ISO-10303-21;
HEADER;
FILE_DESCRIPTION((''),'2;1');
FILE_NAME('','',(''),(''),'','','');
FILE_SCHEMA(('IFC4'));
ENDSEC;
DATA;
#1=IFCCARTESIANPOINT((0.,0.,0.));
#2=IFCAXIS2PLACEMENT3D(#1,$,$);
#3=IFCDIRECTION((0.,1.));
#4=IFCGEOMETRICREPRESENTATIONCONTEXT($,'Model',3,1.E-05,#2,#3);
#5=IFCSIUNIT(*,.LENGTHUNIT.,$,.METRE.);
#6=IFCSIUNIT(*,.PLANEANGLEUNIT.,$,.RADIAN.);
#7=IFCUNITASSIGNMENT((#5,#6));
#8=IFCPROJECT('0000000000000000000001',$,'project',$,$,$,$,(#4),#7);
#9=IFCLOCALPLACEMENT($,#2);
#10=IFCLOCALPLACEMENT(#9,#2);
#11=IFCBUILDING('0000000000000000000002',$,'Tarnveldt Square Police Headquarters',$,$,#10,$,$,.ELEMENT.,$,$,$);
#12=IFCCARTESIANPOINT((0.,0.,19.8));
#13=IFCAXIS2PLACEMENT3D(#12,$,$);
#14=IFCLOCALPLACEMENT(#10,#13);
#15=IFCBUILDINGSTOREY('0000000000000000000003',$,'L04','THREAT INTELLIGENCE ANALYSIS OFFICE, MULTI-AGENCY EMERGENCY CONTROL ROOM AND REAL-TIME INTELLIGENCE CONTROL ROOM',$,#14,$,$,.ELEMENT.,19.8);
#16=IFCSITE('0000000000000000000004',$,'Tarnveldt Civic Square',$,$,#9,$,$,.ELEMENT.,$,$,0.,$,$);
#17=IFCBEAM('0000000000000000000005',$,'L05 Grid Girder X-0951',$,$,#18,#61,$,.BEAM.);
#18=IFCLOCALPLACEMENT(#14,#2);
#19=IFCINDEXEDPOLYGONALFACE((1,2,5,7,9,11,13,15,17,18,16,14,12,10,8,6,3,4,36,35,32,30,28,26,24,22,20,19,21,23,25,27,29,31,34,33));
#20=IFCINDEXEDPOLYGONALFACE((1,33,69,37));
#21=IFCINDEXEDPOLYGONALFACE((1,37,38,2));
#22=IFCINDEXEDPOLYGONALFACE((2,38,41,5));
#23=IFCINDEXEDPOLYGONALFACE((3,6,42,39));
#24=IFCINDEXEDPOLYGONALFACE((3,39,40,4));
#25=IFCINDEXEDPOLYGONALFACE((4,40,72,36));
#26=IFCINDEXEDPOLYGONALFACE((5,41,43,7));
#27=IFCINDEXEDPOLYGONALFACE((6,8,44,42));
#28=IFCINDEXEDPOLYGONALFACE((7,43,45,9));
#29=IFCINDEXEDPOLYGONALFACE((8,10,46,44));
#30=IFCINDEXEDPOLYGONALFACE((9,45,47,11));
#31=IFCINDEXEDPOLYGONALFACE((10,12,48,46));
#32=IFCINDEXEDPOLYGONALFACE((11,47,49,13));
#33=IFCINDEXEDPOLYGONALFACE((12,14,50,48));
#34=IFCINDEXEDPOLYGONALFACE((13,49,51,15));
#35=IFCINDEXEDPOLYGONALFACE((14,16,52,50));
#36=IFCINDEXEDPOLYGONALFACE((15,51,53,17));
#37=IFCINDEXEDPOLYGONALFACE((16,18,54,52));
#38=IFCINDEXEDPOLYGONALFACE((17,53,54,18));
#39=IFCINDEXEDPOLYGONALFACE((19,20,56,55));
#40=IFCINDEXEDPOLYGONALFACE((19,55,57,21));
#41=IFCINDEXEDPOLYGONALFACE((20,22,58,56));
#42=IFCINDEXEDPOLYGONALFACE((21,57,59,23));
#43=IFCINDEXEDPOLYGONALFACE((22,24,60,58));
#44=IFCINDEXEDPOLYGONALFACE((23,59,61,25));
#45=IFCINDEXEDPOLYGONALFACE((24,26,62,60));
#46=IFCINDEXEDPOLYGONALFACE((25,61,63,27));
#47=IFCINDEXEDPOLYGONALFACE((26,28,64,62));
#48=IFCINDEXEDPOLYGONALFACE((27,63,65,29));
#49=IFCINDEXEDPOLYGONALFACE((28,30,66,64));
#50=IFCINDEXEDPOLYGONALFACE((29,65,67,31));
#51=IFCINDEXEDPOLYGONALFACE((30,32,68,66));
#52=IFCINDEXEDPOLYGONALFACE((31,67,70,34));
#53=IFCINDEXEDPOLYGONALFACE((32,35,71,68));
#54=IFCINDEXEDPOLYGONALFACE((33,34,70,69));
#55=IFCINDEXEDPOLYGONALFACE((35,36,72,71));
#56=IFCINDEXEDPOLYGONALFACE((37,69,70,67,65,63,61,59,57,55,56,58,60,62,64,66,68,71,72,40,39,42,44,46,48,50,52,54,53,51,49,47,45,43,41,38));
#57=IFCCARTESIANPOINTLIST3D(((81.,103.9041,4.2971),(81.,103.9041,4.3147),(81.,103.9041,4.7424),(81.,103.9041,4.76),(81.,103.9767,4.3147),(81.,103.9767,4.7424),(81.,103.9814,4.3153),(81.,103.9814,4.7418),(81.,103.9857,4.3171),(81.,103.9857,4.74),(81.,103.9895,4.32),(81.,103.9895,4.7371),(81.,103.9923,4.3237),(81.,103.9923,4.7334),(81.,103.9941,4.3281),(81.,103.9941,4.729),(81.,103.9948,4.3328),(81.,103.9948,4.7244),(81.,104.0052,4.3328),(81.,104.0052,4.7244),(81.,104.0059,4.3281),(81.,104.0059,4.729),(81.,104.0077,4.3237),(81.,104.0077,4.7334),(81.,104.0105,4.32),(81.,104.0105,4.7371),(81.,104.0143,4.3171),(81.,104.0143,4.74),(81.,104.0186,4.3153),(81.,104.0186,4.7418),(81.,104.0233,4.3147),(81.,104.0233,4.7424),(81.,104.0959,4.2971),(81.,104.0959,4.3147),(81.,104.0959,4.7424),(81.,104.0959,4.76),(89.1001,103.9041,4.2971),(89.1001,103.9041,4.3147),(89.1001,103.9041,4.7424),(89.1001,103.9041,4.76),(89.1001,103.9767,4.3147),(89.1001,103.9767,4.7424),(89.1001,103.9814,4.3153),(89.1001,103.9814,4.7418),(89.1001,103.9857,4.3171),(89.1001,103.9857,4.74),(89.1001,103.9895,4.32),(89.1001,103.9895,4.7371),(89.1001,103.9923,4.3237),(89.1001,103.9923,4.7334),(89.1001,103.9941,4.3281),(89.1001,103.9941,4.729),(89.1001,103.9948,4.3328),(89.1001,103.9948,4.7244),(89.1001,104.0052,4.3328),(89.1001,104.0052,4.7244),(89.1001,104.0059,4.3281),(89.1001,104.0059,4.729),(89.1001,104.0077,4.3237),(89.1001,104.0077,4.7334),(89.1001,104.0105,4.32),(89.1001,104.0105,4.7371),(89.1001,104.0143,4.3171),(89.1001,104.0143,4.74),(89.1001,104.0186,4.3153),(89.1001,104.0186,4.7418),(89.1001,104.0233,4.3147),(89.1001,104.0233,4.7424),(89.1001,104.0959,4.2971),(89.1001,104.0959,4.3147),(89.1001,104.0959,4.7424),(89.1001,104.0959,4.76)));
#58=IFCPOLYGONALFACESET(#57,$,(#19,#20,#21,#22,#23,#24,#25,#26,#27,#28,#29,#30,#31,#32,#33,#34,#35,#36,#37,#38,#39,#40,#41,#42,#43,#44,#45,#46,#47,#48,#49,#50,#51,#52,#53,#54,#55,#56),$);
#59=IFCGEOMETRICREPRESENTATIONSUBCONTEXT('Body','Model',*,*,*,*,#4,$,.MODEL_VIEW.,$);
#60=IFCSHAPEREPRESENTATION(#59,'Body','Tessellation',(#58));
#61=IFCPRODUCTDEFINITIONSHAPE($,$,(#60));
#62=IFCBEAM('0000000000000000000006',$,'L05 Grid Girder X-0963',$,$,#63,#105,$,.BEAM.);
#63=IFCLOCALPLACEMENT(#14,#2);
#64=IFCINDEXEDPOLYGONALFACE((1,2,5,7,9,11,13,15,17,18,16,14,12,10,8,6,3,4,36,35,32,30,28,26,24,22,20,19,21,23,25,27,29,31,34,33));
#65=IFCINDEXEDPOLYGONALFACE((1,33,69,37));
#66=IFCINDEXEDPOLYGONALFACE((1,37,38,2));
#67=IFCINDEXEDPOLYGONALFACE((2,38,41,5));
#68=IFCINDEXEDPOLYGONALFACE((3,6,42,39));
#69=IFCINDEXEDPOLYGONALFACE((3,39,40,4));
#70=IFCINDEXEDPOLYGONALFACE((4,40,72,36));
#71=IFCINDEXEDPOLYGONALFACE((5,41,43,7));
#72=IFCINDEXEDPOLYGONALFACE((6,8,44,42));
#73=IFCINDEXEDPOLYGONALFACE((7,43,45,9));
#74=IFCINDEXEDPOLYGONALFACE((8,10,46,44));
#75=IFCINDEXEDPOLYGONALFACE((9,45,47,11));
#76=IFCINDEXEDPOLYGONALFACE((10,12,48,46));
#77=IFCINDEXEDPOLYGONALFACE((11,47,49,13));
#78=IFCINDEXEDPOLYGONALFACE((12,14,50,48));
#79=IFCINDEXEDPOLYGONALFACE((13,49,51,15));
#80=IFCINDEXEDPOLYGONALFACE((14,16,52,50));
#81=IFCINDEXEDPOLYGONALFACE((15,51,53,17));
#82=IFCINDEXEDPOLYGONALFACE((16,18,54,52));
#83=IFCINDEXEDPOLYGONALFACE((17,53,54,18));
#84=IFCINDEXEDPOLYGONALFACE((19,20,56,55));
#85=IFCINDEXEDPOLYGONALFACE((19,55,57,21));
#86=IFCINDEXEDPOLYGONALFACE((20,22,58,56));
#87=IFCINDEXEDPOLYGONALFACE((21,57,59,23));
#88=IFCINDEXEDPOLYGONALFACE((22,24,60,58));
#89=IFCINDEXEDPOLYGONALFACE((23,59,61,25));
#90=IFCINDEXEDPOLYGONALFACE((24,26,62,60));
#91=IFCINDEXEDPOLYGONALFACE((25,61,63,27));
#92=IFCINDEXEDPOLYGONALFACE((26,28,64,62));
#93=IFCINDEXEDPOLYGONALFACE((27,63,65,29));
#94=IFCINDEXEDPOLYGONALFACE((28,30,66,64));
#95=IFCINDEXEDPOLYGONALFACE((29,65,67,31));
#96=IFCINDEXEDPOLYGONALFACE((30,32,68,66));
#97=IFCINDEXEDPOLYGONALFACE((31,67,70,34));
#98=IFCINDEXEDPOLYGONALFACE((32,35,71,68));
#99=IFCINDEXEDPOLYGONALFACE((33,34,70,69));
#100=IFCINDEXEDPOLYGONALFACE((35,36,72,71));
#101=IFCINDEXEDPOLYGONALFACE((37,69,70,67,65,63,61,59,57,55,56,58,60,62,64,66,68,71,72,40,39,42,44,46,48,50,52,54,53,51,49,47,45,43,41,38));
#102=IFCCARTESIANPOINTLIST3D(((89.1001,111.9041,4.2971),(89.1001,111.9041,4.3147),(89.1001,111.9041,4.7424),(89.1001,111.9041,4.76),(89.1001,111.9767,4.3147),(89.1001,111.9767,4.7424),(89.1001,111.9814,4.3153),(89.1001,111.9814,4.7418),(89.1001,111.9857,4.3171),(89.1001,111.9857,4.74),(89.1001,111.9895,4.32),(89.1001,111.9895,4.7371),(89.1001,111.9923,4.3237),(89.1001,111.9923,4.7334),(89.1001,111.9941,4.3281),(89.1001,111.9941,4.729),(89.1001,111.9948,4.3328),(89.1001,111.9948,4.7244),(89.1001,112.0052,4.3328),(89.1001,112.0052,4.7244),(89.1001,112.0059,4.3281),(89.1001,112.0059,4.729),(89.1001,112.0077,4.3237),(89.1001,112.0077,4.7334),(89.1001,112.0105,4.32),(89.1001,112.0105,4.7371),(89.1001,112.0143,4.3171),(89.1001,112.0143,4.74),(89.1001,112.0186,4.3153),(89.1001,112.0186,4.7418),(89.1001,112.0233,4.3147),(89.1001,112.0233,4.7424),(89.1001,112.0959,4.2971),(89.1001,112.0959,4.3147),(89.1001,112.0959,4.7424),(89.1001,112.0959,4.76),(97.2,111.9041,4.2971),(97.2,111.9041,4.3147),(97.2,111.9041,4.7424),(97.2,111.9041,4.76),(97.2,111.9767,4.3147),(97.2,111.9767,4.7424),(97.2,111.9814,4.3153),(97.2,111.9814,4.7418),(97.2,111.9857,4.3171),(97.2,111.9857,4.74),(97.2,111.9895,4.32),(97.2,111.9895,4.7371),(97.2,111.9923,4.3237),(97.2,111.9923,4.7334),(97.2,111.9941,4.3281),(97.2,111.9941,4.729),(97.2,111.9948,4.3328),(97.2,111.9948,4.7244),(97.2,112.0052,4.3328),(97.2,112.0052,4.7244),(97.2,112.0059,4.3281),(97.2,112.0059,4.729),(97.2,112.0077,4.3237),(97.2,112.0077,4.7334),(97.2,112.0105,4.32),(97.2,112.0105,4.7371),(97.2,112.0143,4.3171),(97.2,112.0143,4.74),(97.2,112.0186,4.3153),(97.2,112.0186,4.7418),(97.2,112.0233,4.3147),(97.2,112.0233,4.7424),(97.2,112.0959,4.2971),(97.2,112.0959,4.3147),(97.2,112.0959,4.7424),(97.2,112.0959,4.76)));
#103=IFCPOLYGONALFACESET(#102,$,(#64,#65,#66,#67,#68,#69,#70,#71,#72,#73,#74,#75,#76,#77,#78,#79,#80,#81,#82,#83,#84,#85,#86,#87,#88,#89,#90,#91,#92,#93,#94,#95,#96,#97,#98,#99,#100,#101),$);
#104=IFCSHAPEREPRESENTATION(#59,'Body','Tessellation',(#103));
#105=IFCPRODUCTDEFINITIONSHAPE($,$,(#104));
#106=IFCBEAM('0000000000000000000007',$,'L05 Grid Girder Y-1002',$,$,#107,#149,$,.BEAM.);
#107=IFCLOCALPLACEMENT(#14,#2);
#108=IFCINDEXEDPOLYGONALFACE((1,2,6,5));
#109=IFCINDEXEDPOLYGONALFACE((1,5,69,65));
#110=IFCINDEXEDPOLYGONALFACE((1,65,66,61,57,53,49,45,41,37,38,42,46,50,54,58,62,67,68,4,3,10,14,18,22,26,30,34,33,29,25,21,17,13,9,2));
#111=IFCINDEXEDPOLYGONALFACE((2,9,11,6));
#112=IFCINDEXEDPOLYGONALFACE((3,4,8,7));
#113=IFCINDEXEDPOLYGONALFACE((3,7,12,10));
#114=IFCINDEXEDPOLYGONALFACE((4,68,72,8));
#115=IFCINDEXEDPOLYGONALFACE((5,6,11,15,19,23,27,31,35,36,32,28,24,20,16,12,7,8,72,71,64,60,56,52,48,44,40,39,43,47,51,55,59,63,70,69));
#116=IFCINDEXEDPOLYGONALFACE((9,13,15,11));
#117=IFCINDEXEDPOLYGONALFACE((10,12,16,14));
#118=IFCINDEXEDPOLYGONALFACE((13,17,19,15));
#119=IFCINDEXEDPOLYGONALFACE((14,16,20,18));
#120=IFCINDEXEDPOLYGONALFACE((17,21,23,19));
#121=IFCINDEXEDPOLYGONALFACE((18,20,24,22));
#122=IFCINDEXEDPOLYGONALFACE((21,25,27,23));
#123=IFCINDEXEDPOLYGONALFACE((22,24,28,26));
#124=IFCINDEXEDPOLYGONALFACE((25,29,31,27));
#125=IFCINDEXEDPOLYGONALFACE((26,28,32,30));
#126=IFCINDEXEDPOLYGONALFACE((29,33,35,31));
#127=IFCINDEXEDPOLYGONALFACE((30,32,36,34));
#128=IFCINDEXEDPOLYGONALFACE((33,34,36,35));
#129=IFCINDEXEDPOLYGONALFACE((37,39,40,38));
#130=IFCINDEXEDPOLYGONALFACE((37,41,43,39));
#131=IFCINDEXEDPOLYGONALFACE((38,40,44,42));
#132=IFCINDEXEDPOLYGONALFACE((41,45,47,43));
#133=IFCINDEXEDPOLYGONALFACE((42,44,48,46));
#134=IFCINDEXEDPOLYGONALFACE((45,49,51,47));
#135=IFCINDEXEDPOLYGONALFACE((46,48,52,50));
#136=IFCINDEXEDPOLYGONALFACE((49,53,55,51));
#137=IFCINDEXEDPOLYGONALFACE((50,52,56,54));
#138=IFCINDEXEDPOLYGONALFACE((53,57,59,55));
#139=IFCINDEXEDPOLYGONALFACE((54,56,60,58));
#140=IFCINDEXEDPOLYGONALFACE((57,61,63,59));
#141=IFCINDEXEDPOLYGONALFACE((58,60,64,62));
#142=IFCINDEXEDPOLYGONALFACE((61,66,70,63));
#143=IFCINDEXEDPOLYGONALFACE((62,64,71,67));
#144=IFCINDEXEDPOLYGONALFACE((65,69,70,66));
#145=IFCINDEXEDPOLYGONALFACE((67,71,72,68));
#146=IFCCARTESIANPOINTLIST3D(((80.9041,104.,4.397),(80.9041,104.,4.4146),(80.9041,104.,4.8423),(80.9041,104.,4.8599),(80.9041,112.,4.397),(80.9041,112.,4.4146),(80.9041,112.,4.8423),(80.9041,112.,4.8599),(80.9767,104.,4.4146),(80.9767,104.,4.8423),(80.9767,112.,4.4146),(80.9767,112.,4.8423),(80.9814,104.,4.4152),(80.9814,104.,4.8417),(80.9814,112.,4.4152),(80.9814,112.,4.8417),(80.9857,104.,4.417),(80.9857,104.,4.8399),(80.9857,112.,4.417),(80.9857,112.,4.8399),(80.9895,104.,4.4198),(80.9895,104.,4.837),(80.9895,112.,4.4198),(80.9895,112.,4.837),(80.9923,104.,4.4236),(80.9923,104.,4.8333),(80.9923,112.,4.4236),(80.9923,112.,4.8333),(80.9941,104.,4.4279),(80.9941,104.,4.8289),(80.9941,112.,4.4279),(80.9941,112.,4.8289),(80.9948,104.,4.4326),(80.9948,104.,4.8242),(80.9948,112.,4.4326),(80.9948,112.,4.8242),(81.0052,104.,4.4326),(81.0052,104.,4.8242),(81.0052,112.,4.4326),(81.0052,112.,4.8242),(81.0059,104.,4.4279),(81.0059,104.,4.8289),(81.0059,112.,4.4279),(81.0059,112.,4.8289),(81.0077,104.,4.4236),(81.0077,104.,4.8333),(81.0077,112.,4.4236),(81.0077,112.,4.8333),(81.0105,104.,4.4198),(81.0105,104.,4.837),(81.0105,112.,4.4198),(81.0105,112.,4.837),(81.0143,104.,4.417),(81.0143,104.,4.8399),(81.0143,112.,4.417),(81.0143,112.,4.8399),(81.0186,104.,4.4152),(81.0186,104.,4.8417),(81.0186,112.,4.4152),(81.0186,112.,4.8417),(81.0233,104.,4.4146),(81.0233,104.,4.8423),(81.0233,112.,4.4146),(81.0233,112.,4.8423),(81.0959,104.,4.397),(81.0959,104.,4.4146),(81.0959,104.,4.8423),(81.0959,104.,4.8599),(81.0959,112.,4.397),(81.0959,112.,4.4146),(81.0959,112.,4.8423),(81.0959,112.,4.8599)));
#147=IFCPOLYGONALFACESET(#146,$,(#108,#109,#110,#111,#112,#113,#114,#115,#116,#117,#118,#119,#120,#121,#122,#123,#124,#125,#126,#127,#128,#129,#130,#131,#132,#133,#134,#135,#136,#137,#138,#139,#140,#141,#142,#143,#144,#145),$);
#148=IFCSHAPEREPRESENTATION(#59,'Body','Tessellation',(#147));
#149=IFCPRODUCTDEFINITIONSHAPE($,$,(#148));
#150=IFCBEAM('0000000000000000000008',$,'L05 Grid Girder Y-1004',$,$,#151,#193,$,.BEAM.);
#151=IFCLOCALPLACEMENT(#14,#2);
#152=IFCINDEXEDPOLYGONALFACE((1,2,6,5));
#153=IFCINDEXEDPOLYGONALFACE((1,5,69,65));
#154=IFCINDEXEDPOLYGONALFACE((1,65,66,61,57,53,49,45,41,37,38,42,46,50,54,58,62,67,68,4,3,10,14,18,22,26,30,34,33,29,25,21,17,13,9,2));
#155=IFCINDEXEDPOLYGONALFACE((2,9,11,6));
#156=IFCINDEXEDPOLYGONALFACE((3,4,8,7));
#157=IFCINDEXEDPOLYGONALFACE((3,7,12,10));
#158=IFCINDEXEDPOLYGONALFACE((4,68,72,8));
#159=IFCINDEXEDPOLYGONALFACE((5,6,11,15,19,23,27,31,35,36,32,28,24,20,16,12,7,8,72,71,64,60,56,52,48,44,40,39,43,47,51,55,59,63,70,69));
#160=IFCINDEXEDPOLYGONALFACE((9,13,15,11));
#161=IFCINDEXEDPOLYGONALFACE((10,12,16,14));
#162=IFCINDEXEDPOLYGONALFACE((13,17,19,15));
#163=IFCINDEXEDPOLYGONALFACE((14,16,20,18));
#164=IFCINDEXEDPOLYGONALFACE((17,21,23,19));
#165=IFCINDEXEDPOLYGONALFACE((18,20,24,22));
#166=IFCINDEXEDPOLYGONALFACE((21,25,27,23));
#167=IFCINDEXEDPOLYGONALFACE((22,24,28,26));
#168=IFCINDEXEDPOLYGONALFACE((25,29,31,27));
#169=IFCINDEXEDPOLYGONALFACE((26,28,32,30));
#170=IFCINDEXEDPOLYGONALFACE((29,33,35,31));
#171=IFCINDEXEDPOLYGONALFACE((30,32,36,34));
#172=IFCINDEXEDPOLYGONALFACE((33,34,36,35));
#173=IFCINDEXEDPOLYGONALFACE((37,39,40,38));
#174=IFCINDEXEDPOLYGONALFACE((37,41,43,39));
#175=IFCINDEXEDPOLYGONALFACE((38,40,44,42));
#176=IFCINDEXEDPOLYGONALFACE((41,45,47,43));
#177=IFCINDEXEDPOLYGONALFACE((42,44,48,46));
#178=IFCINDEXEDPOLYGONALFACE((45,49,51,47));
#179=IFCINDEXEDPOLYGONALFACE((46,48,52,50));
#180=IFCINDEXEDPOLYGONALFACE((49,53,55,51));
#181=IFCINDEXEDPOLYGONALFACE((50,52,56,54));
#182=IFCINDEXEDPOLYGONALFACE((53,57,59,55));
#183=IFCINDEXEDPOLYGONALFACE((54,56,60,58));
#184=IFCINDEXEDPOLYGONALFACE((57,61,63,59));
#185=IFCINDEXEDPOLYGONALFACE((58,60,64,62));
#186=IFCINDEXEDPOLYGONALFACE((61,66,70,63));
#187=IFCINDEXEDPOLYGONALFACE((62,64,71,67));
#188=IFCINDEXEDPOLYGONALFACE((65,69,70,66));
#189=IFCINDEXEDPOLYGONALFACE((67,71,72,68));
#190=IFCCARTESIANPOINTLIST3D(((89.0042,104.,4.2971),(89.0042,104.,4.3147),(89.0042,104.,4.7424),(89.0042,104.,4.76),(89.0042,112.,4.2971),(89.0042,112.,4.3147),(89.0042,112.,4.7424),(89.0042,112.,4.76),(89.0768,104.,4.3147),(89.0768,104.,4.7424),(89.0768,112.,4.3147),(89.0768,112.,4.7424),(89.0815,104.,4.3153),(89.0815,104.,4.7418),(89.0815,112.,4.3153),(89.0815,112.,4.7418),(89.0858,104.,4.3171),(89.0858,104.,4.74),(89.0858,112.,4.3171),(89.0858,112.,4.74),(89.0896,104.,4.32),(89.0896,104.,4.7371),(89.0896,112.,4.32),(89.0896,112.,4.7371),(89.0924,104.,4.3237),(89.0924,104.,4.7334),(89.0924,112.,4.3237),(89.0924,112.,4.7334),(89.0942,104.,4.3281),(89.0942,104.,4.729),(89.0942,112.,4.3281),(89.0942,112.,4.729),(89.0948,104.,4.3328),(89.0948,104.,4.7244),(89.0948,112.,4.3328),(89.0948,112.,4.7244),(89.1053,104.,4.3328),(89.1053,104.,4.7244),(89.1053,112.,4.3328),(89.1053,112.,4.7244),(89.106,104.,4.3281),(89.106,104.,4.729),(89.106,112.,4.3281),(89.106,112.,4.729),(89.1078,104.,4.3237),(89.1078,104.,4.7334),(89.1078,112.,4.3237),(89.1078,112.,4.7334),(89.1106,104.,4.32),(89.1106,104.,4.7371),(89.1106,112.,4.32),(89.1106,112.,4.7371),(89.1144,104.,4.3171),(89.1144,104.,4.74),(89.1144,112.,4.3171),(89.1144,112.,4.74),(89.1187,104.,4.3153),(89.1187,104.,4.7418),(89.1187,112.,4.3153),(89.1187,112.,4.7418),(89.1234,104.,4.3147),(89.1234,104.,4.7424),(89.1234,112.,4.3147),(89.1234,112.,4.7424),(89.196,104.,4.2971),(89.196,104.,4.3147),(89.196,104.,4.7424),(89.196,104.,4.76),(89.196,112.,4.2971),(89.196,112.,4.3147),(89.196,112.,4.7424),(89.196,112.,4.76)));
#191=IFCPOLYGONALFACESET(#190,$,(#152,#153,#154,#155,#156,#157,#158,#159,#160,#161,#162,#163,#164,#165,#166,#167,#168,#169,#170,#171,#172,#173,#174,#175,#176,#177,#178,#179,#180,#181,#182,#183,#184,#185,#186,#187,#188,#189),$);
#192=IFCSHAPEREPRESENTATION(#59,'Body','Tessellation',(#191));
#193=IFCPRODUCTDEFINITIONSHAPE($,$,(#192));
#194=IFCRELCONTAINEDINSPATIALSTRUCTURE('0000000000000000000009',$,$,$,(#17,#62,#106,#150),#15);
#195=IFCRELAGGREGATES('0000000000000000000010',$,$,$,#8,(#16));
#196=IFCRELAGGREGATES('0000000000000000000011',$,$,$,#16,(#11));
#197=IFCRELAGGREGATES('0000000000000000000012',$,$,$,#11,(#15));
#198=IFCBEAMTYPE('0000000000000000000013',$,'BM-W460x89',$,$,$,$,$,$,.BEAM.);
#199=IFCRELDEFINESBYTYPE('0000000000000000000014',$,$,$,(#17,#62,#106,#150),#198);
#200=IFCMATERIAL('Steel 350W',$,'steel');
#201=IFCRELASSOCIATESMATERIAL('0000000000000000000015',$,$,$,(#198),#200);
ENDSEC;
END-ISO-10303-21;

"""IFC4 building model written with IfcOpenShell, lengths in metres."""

from ifc_helpers import new_model, si_unit, direction, frame, origin, origin_2d, place, context, subcontext, project, spatial, i_section, extrude, material, material_profile, profile_set, type_object, element, save


model = new_model("IFC4")

# Units and contexts
model_context = context("Model", 3, precision=1e-05, world=origin(), true_north=direction((0.0, 1.0)))
body_context = subcontext(model_context, "Body", "Model", "MODEL_VIEW")
ifc_project = project(units=[si_unit("LENGTHUNIT", "METRE"), si_unit("PLANEANGLEUNIT", "RADIAN")], contexts=[model_context])

# Site, building, storey
site_placement = place(None, origin())
site = spatial("IfcSite", under=ifc_project, at=site_placement, Name="Tarnveldt Civic Square", CompositionType="ELEMENT", RefElevation=0.0)
building_placement = place(site_placement, origin())
building = spatial("IfcBuilding", under=site, at=building_placement, Name="Tarnveldt Square Police Headquarters", CompositionType="ELEMENT")
storey_placement = place(building_placement, frame((0.0, 0.0, 19.8)))
storey = spatial("IfcBuildingStorey", under=building, at=storey_placement, Name="L04", Description="THREAT INTELLIGENCE ANALYSIS OFFICE, MULTI-AGENCY EMERGENCY CONTROL ROOM AND REAL-TIME INTELLIGENCE CONTROL ROOM", CompositionType="ELEMENT", Elevation=19.8)

# Shared definitions
ifc_material_1 = material(Name="Steel 350W", Category="steel")

# Beams
ifc_material_profile_1 = material_profile(ifc_material_1, i_section(OverallWidth=0.1919, OverallDepth=0.4629, WebThickness=0.0105, FlangeThickness=0.0176, FilletRadius=0.0181, at=origin_2d()), Name="W460x89")
ifc_profile_set_1 = profile_set([ifc_material_profile_1], Name="Steel 350W")
beam_type_1 = type_object("IfcBeamType", Name="BM-W460x89", PredefinedType="BEAM", material=ifc_profile_set_1)
beam_1_placement = place(storey_placement, frame((81.0, 104.0, 4.5286), z_axis=(1.0, 0.0, 0.0), x_axis=(0.0, 1.0, 0.0)))
element("IfcBeam", 1, at=beam_1_placement, inside=storey, type_object=beam_type_1, Name="L05 Grid Girder X-0951", PredefinedType="BEAM", context=body_context, shape_type="SweptSolid", body=[
    extrude(i_section(OverallWidth=0.1919, OverallDepth=0.4629, WebThickness=0.0105, FlangeThickness=0.0176, FilletRadius=0.0181, at=origin_2d()), origin(), (0.0, 0.0, 1.0), 8.1001),
])
beam_2_placement = place(storey_placement, frame((89.1001, 112.0, 4.5286), z_axis=(1.0, 0.0, 0.0), x_axis=(0.0, 1.0, 0.0)))
element("IfcBeam", 2, at=beam_2_placement, inside=storey, type_object=beam_type_1, Name="L05 Grid Girder X-0963", PredefinedType="BEAM", context=body_context, shape_type="SweptSolid", body=[
    extrude(i_section(OverallWidth=0.1919, OverallDepth=0.4629, WebThickness=0.0105, FlangeThickness=0.0176, FilletRadius=0.0181, at=origin_2d()), origin(), (0.0, 0.0, 1.0), 8.0999),
])
for number, where, z_axis, x_axis, name in (
    (3, (81.0, 104.0, 4.6284), (0.0, 1.0, 0.0), (-1.0, 0.0, 0.0), "L05 Grid Girder Y-1002"),
    (4, (89.1001, 104.0, 4.5286), (0.0, 1.0, 0.0), (-1.0, 0.0, 0.0), "L05 Grid Girder Y-1004"),
):
    element("IfcBeam", number, at=place(storey_placement, frame(where, z_axis=z_axis, x_axis=x_axis)), inside=storey, type_object=beam_type_1, Name=name, PredefinedType="BEAM", context=body_context, shape_type="SweptSolid", body=[
        extrude(i_section(OverallWidth=0.1919, OverallDepth=0.4629, WebThickness=0.0105, FlangeThickness=0.0176, FilletRadius=0.0181, at=origin_2d()), origin(), (0.0, 0.0, 1.0), 8.0),
    ])

save(model, "model.ifc")
